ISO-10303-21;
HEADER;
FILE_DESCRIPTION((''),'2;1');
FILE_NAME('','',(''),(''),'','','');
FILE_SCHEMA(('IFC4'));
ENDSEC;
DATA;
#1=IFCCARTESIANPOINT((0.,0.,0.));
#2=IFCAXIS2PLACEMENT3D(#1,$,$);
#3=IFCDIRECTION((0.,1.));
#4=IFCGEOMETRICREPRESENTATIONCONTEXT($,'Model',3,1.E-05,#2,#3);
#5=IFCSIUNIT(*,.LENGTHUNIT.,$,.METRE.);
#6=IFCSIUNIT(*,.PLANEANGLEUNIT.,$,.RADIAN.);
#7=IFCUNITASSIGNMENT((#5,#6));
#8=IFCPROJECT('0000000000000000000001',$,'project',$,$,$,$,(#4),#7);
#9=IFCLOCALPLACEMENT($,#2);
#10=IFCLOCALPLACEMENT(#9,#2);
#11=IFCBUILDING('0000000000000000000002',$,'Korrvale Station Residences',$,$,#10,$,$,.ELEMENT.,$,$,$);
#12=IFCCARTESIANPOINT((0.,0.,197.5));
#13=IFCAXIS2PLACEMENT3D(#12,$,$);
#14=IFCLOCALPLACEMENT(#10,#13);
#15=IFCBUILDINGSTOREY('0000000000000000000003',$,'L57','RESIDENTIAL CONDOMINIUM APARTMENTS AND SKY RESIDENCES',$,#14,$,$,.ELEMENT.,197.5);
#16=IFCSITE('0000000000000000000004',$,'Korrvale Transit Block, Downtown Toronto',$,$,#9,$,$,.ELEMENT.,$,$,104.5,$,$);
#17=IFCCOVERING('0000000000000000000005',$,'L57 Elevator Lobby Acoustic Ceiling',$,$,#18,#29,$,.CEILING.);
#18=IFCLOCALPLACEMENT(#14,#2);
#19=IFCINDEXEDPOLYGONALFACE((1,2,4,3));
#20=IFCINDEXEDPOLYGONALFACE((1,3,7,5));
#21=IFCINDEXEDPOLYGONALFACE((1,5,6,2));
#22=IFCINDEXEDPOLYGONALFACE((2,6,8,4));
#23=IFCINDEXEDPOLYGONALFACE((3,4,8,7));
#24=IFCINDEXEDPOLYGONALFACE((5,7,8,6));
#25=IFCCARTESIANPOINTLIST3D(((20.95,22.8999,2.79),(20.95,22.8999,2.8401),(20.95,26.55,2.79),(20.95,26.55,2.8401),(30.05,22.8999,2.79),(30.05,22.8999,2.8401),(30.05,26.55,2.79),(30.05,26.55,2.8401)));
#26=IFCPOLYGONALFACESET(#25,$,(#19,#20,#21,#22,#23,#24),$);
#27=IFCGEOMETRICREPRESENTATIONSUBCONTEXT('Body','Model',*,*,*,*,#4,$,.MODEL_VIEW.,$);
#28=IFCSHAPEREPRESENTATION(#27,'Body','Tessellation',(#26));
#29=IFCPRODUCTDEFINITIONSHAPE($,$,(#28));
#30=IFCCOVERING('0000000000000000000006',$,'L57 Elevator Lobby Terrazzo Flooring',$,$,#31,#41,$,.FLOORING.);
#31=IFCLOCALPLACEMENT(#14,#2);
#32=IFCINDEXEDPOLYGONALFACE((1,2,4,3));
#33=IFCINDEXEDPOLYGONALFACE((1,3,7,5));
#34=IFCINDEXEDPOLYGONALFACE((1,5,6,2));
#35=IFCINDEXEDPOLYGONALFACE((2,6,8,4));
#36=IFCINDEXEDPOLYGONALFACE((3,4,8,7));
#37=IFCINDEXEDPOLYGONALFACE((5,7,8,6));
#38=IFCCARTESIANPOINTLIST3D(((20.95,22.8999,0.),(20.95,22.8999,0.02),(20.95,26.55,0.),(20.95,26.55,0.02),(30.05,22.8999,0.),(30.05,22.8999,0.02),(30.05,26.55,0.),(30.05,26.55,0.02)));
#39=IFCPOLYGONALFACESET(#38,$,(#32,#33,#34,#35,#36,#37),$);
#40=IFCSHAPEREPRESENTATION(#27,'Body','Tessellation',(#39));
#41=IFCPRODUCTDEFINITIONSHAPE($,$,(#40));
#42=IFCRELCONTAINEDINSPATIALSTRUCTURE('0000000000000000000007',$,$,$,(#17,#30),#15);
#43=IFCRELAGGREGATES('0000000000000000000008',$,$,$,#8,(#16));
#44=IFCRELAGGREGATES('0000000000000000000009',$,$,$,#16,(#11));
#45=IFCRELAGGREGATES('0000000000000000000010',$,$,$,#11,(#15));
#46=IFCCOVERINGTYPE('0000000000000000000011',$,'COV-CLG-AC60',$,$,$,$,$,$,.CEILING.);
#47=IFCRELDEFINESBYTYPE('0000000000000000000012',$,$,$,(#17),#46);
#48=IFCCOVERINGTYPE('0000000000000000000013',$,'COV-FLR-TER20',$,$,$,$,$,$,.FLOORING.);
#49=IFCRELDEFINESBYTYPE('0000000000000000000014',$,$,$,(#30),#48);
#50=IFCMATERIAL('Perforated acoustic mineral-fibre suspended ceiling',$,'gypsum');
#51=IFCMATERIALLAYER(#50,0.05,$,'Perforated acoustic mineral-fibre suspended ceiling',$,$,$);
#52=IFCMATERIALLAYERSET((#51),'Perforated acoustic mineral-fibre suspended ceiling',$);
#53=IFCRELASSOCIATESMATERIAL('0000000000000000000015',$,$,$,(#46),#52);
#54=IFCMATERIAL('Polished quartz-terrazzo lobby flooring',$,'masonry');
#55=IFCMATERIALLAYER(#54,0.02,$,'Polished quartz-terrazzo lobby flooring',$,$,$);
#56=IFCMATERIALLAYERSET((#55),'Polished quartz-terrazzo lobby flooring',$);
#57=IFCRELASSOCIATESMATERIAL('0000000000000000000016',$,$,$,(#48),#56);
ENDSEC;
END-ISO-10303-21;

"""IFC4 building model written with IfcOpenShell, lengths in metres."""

from ifc_helpers import new_model, si_unit, direction, frame, origin, place, context, subcontext, project, spatial, polyline, outline, extrude, material, layer, layer_set, type_object, element, save


model = new_model("IFC4")

# Units and contexts
model_context = context("Model", 3, precision=1e-05, world=origin(), true_north=direction((0.0, 1.0)))
body_context = subcontext(model_context, "Body", "Model", "MODEL_VIEW")
ifc_project = project(units=[si_unit("LENGTHUNIT", "METRE"), si_unit("PLANEANGLEUNIT", "RADIAN")], contexts=[model_context])

# Site, building, storey
site_placement = place(None, origin())
site = spatial("IfcSite", under=ifc_project, at=site_placement, Name="Korrvale Transit Block, Downtown Toronto", CompositionType="ELEMENT", RefElevation=104.5)
building_placement = place(site_placement, origin())
building = spatial("IfcBuilding", under=site, at=building_placement, Name="Korrvale Station Residences", CompositionType="ELEMENT")
storey_placement = place(building_placement, frame((0.0, 0.0, 197.5)))
storey = spatial("IfcBuildingStorey", under=building, at=storey_placement, Name="L57", Description="RESIDENTIAL CONDOMINIUM APARTMENTS AND SKY RESIDENCES", CompositionType="ELEMENT", Elevation=197.5)

# Coverings
ifc_material_1 = material(Name="Perforated acoustic mineral-fibre suspended ceiling", Category="gypsum")
ifc_layer_1 = layer(ifc_material_1, 0.05, Name="Perforated acoustic mineral-fibre suspended ceiling")
ifc_layer_set_1 = layer_set([ifc_layer_1], Name="Perforated acoustic mineral-fibre suspended ceiling")
covering_type_1 = type_object("IfcCoveringType", Name="COV-CLG-AC60", PredefinedType="CEILING", material=ifc_layer_set_1)
covering_1_placement = place(storey_placement, frame((0.0, 0.0, 2.79)))
element("IfcCovering", 1, at=covering_1_placement, inside=storey, type_object=covering_type_1, Name="L57 Elevator Lobby Acoustic Ceiling", PredefinedType="CEILING", context=body_context, shape_type="SweptSolid", body=[
    extrude(outline(polyline([(20.95, 22.8999), (30.05, 22.8999), (30.05, 26.55), (20.95, 26.55), (20.95, 22.8999)])), origin(), (0.0, 0.0, 1.0), 0.05),
])
ifc_material_2 = material(Name="Polished quartz-terrazzo lobby flooring", Category="masonry")
ifc_layer_2 = layer(ifc_material_2, 0.02, Name="Polished quartz-terrazzo lobby flooring")
ifc_layer_set_2 = layer_set([ifc_layer_2], Name="Polished quartz-terrazzo lobby flooring")
covering_type_2 = type_object("IfcCoveringType", Name="COV-FLR-TER20", PredefinedType="FLOORING", material=ifc_layer_set_2)
covering_2_placement = place(storey_placement, origin())
element("IfcCovering", 2, at=covering_2_placement, inside=storey, type_object=covering_type_2, Name="L57 Elevator Lobby Terrazzo Flooring", PredefinedType="FLOORING", context=body_context, shape_type="SweptSolid", body=[
    extrude(outline(polyline([(20.95, 22.8999), (30.05, 22.8999), (30.05, 26.55), (20.95, 26.55), (20.95, 22.8999)])), origin(), (0.0, 0.0, 1.0), 0.02),
])

save(model, "model.ifc")
